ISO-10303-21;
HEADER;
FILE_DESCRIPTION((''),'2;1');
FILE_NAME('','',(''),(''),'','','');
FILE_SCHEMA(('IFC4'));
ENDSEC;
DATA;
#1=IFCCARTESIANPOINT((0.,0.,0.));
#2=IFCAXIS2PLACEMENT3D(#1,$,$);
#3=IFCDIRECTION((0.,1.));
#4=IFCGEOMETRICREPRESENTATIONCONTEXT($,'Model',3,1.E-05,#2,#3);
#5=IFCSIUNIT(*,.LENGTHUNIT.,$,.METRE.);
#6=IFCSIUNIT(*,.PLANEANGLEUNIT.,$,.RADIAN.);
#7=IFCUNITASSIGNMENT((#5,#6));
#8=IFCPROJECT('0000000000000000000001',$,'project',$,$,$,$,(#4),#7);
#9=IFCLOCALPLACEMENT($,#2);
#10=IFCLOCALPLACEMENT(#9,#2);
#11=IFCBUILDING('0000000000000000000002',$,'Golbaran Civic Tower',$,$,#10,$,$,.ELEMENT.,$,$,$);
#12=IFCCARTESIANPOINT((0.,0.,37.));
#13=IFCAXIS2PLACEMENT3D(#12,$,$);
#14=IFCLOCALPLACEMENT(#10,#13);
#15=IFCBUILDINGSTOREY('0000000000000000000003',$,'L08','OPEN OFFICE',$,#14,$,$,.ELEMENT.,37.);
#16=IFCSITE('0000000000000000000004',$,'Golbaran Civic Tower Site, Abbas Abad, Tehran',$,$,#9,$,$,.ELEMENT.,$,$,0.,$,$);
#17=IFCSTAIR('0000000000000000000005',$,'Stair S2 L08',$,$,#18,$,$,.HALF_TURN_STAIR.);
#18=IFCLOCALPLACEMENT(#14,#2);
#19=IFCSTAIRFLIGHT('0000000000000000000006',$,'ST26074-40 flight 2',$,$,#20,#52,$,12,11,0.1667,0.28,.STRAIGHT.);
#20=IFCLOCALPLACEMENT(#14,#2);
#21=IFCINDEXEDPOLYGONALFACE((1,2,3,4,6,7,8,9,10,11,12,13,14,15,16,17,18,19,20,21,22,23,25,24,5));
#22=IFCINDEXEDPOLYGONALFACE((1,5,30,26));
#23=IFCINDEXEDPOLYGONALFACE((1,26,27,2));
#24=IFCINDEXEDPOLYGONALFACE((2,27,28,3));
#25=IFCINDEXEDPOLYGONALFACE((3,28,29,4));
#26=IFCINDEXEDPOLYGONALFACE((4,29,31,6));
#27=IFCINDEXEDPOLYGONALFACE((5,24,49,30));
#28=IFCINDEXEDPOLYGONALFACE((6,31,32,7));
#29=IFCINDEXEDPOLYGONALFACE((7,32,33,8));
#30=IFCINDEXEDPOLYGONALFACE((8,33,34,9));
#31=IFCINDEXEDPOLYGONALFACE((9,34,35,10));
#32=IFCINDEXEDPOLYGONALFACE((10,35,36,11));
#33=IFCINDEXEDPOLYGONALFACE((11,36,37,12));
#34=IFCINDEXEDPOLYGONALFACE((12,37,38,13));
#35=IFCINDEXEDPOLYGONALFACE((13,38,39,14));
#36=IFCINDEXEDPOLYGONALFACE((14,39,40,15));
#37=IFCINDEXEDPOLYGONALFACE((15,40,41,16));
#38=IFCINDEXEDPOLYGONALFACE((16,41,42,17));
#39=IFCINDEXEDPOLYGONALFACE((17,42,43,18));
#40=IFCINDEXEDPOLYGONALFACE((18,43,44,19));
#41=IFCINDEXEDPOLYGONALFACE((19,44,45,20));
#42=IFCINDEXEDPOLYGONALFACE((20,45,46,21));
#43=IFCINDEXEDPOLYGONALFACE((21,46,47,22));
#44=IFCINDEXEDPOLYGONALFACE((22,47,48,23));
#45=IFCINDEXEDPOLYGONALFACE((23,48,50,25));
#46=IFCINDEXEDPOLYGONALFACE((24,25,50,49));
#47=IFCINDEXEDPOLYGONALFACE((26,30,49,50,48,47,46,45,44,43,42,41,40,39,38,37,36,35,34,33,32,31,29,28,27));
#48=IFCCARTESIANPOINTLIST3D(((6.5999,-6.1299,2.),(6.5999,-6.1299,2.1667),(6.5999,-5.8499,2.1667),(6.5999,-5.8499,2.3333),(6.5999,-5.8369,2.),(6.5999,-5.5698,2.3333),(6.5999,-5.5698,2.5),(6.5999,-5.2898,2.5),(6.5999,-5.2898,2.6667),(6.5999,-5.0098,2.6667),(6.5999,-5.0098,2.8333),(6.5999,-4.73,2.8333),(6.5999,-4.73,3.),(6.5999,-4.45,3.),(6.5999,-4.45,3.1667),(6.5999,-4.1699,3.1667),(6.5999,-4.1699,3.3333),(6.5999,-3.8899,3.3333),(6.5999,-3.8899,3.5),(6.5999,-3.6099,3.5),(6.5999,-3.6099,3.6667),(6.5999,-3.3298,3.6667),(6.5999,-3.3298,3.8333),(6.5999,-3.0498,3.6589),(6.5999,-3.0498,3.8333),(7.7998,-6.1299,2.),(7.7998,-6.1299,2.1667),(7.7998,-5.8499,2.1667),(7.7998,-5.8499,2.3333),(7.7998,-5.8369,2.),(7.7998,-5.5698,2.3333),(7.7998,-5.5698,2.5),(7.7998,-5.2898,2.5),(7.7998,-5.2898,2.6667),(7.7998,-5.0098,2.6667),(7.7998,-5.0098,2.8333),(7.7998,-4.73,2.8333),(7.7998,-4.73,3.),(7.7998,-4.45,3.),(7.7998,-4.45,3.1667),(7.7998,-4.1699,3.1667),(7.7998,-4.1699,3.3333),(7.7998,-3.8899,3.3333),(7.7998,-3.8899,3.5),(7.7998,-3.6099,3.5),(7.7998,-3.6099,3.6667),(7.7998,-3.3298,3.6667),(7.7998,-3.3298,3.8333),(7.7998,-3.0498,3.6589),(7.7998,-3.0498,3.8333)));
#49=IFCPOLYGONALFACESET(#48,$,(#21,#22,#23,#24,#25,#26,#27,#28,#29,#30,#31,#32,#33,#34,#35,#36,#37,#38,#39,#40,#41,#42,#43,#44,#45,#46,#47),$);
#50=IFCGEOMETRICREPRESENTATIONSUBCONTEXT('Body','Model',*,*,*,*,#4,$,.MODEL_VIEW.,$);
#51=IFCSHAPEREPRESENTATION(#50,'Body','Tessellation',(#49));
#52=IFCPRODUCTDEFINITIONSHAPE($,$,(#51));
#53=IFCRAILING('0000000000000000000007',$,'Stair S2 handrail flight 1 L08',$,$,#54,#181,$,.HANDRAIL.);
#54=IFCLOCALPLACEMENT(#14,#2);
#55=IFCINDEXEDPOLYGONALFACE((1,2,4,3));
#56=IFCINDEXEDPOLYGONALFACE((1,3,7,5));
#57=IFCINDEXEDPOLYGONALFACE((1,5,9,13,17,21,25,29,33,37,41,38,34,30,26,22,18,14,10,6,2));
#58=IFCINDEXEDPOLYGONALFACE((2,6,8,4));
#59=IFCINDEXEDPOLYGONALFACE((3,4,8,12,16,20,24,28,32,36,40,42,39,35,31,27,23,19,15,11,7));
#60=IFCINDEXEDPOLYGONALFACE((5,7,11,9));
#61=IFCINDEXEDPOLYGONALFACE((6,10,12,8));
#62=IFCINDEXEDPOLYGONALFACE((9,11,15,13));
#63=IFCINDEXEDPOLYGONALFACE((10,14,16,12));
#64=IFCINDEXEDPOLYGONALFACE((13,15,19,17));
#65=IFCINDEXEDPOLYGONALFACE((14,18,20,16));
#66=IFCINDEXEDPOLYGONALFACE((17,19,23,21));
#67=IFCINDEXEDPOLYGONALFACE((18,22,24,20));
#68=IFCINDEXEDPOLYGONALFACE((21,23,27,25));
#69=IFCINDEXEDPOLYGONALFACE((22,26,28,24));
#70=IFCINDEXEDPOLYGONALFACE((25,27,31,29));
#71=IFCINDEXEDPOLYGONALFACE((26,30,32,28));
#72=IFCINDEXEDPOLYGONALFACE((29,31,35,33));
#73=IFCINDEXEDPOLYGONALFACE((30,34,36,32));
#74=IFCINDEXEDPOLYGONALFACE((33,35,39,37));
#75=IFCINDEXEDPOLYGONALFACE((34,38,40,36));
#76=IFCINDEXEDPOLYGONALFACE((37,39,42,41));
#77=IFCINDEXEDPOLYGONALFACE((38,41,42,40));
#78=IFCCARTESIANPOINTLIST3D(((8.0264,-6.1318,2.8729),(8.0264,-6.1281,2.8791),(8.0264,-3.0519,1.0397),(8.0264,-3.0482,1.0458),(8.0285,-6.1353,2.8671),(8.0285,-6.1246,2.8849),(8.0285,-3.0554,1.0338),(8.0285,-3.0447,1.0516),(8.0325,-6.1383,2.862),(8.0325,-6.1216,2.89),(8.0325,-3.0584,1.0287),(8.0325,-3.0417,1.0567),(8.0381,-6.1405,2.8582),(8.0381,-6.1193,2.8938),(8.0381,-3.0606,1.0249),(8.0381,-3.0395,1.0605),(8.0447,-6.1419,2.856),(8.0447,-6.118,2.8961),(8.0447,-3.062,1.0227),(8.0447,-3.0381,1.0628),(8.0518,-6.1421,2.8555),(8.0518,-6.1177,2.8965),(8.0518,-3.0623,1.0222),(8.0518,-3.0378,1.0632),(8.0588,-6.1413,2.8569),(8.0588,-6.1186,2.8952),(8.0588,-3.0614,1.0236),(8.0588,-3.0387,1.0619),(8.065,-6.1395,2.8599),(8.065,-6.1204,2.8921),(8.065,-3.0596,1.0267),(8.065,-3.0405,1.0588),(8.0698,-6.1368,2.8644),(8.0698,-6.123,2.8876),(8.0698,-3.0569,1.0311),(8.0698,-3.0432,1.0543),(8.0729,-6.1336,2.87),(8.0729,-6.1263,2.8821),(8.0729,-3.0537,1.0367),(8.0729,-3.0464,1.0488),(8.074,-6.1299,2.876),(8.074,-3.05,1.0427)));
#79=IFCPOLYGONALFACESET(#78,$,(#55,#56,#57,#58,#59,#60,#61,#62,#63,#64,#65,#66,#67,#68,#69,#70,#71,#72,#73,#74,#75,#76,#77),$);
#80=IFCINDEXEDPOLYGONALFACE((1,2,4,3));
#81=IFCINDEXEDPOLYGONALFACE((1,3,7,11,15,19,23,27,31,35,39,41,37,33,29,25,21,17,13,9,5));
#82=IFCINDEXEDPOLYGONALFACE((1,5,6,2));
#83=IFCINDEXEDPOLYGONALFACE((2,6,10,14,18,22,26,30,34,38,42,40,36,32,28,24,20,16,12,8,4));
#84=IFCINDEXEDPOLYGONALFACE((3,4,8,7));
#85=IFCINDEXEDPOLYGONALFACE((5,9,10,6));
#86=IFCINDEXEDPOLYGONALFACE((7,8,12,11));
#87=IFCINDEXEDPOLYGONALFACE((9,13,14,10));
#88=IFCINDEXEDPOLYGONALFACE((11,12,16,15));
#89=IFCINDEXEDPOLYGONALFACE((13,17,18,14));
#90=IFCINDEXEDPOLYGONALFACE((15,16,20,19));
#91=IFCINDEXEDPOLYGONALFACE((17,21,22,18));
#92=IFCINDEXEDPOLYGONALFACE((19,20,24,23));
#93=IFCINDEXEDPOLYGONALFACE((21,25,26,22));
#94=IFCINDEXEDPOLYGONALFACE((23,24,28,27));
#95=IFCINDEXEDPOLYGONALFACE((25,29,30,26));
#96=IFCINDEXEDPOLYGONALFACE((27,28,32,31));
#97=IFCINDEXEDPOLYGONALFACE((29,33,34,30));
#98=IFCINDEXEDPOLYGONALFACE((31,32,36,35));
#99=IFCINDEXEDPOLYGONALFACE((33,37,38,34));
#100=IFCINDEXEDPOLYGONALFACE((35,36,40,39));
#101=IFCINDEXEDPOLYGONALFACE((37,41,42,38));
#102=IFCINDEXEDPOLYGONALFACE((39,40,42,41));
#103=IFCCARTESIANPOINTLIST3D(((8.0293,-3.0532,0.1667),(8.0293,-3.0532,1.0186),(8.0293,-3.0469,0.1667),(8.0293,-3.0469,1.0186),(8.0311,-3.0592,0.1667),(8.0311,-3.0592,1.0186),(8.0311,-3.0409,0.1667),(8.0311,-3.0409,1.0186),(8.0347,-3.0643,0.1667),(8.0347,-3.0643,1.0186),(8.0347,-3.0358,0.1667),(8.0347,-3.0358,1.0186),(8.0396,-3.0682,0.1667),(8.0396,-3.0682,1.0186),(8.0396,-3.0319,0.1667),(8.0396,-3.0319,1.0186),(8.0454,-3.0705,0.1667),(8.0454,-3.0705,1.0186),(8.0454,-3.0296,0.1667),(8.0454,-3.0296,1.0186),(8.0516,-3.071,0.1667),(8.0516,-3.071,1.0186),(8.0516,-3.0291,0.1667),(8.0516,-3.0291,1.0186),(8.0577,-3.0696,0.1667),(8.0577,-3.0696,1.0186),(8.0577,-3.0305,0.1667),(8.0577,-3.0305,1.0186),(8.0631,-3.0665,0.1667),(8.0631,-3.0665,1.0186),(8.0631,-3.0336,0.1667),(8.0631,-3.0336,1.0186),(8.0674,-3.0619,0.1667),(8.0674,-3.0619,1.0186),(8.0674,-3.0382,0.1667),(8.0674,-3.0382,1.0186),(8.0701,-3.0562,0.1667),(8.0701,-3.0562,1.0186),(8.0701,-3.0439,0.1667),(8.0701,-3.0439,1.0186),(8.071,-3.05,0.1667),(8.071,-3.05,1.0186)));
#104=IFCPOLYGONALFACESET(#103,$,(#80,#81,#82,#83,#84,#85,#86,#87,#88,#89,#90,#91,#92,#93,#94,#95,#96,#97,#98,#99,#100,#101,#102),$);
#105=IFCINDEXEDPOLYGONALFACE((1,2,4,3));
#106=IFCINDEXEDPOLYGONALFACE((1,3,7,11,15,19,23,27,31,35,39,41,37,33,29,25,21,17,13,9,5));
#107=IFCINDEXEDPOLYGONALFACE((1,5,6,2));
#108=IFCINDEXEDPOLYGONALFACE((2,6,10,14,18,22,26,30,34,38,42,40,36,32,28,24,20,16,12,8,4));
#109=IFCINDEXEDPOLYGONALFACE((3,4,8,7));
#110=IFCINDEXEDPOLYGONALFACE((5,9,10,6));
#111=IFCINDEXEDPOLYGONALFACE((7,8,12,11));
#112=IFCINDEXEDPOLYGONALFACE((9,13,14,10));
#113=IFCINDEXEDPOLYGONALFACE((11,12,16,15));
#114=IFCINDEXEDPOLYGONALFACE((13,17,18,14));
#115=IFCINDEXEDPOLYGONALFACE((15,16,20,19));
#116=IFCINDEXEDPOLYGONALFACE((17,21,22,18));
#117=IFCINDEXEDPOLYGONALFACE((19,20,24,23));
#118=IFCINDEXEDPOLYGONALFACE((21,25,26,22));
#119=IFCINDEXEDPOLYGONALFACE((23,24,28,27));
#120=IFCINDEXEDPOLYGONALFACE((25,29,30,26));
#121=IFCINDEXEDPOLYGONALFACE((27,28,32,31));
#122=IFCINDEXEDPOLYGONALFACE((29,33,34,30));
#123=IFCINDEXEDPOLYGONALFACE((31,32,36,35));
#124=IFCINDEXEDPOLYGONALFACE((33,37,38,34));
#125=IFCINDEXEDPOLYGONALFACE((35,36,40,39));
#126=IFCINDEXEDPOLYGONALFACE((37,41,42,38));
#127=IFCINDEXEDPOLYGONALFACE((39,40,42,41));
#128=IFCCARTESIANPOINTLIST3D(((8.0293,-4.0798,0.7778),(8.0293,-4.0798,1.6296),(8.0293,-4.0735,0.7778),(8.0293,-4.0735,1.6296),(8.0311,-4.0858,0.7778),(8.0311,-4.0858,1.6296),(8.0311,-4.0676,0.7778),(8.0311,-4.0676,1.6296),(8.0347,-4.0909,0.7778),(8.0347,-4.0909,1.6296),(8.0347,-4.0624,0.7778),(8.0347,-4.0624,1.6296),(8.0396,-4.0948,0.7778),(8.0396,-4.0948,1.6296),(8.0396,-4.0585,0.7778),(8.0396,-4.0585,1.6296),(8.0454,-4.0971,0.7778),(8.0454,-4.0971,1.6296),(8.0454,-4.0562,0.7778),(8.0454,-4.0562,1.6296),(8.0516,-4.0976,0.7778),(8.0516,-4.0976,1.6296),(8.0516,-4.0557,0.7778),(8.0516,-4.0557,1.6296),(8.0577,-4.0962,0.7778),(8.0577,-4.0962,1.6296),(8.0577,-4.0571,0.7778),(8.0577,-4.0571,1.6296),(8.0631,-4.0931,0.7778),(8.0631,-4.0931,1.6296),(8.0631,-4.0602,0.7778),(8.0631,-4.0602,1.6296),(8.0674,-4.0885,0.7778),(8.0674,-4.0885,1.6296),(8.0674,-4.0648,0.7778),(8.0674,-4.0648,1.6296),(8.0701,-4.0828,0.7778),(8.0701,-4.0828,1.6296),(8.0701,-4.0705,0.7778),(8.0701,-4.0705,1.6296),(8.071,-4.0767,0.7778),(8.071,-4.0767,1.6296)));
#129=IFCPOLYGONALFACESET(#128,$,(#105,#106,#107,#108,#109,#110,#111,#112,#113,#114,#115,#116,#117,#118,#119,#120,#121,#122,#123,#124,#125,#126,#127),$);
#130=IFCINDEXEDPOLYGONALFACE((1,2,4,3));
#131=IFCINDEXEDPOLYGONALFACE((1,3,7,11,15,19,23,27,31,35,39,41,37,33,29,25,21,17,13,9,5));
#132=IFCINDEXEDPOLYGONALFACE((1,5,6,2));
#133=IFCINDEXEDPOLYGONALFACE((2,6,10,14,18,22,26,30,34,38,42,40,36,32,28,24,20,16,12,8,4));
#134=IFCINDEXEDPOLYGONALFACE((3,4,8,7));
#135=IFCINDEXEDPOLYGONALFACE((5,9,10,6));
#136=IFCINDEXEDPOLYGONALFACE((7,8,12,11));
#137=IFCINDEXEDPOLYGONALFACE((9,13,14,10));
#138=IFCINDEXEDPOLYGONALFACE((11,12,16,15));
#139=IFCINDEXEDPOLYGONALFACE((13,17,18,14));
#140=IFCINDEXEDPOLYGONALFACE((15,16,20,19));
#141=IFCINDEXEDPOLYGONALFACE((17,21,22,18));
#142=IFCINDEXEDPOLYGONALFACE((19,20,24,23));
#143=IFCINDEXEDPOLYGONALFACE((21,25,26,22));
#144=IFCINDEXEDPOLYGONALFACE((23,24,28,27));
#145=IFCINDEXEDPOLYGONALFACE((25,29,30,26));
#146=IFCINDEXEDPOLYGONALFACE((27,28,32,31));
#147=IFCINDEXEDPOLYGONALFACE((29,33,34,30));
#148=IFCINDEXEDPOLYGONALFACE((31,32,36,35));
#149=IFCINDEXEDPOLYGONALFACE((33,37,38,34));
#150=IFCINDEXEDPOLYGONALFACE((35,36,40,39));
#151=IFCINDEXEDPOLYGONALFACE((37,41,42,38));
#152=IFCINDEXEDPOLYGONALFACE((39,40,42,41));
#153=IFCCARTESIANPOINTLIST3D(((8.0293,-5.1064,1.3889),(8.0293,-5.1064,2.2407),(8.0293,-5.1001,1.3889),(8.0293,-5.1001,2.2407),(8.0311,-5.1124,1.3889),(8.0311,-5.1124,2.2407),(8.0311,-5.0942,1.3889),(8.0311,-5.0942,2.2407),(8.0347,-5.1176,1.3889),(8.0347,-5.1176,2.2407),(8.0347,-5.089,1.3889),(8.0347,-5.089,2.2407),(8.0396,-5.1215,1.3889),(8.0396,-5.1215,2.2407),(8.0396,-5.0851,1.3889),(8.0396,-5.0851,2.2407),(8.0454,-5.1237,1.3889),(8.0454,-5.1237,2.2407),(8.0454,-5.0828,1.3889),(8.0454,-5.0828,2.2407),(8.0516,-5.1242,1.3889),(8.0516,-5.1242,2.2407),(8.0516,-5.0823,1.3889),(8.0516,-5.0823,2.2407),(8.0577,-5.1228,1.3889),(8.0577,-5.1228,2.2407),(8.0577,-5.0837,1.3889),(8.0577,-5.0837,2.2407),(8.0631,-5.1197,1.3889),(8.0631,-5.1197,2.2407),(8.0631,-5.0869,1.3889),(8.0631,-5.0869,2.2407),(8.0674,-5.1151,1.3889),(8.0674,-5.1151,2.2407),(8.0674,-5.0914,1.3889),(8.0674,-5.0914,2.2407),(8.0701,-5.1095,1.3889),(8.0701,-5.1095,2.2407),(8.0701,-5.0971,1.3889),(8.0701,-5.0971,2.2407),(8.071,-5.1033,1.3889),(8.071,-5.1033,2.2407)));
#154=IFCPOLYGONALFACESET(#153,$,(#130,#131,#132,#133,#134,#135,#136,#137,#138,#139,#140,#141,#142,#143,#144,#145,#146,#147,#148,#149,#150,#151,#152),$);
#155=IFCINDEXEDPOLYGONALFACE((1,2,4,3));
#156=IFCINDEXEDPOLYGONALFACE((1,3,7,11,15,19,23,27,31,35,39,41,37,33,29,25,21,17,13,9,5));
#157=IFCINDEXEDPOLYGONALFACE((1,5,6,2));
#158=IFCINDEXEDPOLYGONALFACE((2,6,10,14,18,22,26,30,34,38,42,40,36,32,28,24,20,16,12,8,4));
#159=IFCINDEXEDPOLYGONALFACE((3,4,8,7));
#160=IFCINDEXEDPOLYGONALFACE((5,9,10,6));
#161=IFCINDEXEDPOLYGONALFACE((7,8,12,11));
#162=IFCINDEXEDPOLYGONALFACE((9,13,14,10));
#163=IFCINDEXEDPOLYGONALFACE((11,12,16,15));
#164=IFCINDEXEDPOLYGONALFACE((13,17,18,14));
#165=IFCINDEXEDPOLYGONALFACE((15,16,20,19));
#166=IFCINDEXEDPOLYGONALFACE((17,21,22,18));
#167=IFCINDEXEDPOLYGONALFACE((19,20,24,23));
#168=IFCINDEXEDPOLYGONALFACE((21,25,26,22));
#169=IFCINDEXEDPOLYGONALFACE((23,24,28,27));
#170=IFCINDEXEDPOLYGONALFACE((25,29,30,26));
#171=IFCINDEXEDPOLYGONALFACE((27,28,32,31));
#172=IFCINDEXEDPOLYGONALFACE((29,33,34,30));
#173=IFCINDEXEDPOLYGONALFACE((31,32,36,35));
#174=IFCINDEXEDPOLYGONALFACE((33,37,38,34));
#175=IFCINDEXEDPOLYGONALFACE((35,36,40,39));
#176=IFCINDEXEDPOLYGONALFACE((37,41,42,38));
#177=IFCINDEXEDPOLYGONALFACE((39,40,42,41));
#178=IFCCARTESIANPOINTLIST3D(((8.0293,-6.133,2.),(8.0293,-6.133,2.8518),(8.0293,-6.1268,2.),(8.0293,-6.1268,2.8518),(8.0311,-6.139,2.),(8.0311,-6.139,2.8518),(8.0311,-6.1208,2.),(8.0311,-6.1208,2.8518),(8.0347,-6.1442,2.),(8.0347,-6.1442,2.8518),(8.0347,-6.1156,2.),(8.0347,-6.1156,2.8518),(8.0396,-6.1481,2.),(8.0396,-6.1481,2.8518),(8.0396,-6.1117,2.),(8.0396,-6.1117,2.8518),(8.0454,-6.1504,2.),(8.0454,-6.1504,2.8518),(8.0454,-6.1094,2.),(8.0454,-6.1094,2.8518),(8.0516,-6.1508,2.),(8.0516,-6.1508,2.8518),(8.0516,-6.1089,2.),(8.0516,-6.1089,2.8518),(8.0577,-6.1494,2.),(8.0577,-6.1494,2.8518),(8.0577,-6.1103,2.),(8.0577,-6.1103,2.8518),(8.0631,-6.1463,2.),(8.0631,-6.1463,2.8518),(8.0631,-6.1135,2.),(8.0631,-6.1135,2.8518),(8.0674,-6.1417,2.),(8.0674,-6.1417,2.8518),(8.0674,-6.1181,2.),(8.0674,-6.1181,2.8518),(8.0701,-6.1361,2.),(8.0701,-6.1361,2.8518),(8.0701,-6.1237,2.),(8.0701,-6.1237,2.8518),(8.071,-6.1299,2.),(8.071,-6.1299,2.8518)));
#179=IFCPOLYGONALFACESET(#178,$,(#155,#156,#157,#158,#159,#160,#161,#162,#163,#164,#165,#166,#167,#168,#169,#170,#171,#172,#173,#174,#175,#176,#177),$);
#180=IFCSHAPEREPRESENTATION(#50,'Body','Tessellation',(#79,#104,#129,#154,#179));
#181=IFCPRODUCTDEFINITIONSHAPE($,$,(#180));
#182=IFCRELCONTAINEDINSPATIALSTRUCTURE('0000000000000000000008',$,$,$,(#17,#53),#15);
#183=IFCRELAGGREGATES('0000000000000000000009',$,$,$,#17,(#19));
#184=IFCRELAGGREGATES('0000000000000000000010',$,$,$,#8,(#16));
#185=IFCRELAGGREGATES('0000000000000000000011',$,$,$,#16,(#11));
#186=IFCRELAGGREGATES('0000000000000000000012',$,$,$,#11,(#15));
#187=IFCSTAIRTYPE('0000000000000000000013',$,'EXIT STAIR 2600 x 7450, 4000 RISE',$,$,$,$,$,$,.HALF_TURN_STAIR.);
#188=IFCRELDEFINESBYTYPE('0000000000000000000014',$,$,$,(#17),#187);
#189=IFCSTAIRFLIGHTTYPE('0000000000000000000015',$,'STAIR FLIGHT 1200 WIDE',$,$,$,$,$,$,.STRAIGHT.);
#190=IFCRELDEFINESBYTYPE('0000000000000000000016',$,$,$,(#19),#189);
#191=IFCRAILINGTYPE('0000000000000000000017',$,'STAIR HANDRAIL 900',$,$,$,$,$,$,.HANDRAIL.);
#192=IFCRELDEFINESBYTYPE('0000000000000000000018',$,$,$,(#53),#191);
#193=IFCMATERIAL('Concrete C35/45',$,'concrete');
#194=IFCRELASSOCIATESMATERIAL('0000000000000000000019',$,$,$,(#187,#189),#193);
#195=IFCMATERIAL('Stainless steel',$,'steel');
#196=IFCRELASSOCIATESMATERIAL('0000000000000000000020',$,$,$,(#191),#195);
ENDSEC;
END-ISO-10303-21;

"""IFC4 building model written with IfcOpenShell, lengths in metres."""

from ifc_helpers import new_model, si_unit, direction, frame, origin, origin_2d, place, context, subcontext, project, spatial, polyline, circle, outline, extrude, material, type_object, element, aggregate, save


model = new_model("IFC4")

# Units and contexts
model_context = context("Model", 3, precision=1e-05, world=origin(), true_north=direction((0.0, 1.0)))
body_context = subcontext(model_context, "Body", "Model", "MODEL_VIEW")
ifc_project = project(units=[si_unit("LENGTHUNIT", "METRE"), si_unit("PLANEANGLEUNIT", "RADIAN")], contexts=[model_context])

# Site, building, storey
site_placement = place(None, origin())
site = spatial("IfcSite", under=ifc_project, at=site_placement, Name="Golbaran Civic Tower Site, Abbas Abad, Tehran", CompositionType="ELEMENT", RefElevation=0.0)
building_placement = place(site_placement, origin())
building = spatial("IfcBuilding", under=site, at=building_placement, Name="Golbaran Civic Tower", CompositionType="ELEMENT")
storey_placement = place(building_placement, frame((0.0, 0.0, 37.0)))
storey = spatial("IfcBuildingStorey", under=building, at=storey_placement, Name="L08", Description="OPEN OFFICE", CompositionType="ELEMENT", Elevation=37.0)

# Shared definitions
ifc_material_1 = material(Name="Stainless steel", Category="steel")

# Stair, stair flight
ifc_material_2 = material(Name="Concrete C35/45", Category="concrete")
stair_type = type_object("IfcStairType", Name="EXIT STAIR 2600 x 7450, 4000 RISE", PredefinedType="HALF_TURN_STAIR", material=ifc_material_2)
stair_placement = place(storey_placement, origin())
stair = element("IfcStair", 1, at=stair_placement, inside=storey, type_object=stair_type, Name="Stair S2 L08", PredefinedType="HALF_TURN_STAIR")
stair_flight_type = type_object("IfcStairFlightType", Name="STAIR FLIGHT 1200 WIDE", PredefinedType="STRAIGHT", material=ifc_material_2)
stair_flight_placement = place(storey_placement, frame((7.2, -6.1299, 2.0), z_axis=(0.0, 0.0, 1.0), x_axis=(0.0, 1.0, 0.0)))
stair_flight = element("IfcStairFlight", 2, at=stair_flight_placement, type_object=stair_flight_type, Name="ST26074-40 flight 2", NumberOfRisers=12, NumberOfTreads=11, PredefinedType="STRAIGHT", RiserHeight=0.1667, TreadLength=0.28, context=body_context, shape_type="SweptSolid", body=[
    extrude(outline(polyline([(0.0, 0.0), (0.0, 0.1667), (0.28, 0.1667), (0.28, 0.3333), (0.5601, 0.3333), (0.5601, 0.5), (0.8401, 0.5), (0.8401, 0.6667), (1.1201, 0.6667), (1.1201, 0.8333), (1.3999, 0.8333), (1.3999, 1.0), (1.6799, 1.0), (1.6799, 1.1667), (1.96, 1.1667), (1.96, 1.3333), (2.24, 1.3333), (2.24, 1.5), (2.52, 1.5), (2.52, 1.6667), (2.8, 1.6667), (2.8, 1.8333), (3.0801, 1.8333), (3.0801, 2.0), (3.0801, 1.6589), (0.293, 0.0), (0.0, 0.0)])), frame((0.0, 0.6001, 0.0), z_axis=(0.0, -1.0, 0.0), x_axis=(1.0, 0.0, 0.0)), (0.0, 0.0, 1.0), 1.2),
])
aggregate(stair, [stair_flight])

# Railing
railing_type = type_object("IfcRailingType", Name="STAIR HANDRAIL 900", PredefinedType="HANDRAIL", material=ifc_material_1)
railing_1_placement = place(storey_placement, frame((8.05, -3.05, 0.1667)))
element("IfcRailing", 3, at=railing_1_placement, inside=storey, type_object=railing_type, Name="Stair S2 handrail flight 1 L08", PredefinedType="HANDRAIL", context=body_context, shape_type="SweptSolid", body=[
    extrude(circle(Radius=0.0239, at=origin_2d()), frame((0.0, 0.0, 0.876), z_axis=(0.0, -0.859291, 0.511487), x_axis=(1.0, 0.0, 0.0)), (0.0, 0.0, 1.0), 3.5842),
    extrude(circle(Radius=0.021, at=origin_2d()), origin(), (0.0, 0.0, 1.0), 0.8518),
    extrude(circle(Radius=0.021, at=origin_2d()), frame((0.0, -1.0266, 0.6111)), (0.0, 0.0, 1.0), 0.8518),
    extrude(circle(Radius=0.021, at=origin_2d()), frame((0.0, -2.0532, 1.2222)), (0.0, 0.0, 1.0), 0.8518),
    extrude(circle(Radius=0.021, at=origin_2d()), frame((0.0, -3.0798, 1.8333)), (0.0, 0.0, 1.0), 0.8518),
])

save(model, "model.ifc")
